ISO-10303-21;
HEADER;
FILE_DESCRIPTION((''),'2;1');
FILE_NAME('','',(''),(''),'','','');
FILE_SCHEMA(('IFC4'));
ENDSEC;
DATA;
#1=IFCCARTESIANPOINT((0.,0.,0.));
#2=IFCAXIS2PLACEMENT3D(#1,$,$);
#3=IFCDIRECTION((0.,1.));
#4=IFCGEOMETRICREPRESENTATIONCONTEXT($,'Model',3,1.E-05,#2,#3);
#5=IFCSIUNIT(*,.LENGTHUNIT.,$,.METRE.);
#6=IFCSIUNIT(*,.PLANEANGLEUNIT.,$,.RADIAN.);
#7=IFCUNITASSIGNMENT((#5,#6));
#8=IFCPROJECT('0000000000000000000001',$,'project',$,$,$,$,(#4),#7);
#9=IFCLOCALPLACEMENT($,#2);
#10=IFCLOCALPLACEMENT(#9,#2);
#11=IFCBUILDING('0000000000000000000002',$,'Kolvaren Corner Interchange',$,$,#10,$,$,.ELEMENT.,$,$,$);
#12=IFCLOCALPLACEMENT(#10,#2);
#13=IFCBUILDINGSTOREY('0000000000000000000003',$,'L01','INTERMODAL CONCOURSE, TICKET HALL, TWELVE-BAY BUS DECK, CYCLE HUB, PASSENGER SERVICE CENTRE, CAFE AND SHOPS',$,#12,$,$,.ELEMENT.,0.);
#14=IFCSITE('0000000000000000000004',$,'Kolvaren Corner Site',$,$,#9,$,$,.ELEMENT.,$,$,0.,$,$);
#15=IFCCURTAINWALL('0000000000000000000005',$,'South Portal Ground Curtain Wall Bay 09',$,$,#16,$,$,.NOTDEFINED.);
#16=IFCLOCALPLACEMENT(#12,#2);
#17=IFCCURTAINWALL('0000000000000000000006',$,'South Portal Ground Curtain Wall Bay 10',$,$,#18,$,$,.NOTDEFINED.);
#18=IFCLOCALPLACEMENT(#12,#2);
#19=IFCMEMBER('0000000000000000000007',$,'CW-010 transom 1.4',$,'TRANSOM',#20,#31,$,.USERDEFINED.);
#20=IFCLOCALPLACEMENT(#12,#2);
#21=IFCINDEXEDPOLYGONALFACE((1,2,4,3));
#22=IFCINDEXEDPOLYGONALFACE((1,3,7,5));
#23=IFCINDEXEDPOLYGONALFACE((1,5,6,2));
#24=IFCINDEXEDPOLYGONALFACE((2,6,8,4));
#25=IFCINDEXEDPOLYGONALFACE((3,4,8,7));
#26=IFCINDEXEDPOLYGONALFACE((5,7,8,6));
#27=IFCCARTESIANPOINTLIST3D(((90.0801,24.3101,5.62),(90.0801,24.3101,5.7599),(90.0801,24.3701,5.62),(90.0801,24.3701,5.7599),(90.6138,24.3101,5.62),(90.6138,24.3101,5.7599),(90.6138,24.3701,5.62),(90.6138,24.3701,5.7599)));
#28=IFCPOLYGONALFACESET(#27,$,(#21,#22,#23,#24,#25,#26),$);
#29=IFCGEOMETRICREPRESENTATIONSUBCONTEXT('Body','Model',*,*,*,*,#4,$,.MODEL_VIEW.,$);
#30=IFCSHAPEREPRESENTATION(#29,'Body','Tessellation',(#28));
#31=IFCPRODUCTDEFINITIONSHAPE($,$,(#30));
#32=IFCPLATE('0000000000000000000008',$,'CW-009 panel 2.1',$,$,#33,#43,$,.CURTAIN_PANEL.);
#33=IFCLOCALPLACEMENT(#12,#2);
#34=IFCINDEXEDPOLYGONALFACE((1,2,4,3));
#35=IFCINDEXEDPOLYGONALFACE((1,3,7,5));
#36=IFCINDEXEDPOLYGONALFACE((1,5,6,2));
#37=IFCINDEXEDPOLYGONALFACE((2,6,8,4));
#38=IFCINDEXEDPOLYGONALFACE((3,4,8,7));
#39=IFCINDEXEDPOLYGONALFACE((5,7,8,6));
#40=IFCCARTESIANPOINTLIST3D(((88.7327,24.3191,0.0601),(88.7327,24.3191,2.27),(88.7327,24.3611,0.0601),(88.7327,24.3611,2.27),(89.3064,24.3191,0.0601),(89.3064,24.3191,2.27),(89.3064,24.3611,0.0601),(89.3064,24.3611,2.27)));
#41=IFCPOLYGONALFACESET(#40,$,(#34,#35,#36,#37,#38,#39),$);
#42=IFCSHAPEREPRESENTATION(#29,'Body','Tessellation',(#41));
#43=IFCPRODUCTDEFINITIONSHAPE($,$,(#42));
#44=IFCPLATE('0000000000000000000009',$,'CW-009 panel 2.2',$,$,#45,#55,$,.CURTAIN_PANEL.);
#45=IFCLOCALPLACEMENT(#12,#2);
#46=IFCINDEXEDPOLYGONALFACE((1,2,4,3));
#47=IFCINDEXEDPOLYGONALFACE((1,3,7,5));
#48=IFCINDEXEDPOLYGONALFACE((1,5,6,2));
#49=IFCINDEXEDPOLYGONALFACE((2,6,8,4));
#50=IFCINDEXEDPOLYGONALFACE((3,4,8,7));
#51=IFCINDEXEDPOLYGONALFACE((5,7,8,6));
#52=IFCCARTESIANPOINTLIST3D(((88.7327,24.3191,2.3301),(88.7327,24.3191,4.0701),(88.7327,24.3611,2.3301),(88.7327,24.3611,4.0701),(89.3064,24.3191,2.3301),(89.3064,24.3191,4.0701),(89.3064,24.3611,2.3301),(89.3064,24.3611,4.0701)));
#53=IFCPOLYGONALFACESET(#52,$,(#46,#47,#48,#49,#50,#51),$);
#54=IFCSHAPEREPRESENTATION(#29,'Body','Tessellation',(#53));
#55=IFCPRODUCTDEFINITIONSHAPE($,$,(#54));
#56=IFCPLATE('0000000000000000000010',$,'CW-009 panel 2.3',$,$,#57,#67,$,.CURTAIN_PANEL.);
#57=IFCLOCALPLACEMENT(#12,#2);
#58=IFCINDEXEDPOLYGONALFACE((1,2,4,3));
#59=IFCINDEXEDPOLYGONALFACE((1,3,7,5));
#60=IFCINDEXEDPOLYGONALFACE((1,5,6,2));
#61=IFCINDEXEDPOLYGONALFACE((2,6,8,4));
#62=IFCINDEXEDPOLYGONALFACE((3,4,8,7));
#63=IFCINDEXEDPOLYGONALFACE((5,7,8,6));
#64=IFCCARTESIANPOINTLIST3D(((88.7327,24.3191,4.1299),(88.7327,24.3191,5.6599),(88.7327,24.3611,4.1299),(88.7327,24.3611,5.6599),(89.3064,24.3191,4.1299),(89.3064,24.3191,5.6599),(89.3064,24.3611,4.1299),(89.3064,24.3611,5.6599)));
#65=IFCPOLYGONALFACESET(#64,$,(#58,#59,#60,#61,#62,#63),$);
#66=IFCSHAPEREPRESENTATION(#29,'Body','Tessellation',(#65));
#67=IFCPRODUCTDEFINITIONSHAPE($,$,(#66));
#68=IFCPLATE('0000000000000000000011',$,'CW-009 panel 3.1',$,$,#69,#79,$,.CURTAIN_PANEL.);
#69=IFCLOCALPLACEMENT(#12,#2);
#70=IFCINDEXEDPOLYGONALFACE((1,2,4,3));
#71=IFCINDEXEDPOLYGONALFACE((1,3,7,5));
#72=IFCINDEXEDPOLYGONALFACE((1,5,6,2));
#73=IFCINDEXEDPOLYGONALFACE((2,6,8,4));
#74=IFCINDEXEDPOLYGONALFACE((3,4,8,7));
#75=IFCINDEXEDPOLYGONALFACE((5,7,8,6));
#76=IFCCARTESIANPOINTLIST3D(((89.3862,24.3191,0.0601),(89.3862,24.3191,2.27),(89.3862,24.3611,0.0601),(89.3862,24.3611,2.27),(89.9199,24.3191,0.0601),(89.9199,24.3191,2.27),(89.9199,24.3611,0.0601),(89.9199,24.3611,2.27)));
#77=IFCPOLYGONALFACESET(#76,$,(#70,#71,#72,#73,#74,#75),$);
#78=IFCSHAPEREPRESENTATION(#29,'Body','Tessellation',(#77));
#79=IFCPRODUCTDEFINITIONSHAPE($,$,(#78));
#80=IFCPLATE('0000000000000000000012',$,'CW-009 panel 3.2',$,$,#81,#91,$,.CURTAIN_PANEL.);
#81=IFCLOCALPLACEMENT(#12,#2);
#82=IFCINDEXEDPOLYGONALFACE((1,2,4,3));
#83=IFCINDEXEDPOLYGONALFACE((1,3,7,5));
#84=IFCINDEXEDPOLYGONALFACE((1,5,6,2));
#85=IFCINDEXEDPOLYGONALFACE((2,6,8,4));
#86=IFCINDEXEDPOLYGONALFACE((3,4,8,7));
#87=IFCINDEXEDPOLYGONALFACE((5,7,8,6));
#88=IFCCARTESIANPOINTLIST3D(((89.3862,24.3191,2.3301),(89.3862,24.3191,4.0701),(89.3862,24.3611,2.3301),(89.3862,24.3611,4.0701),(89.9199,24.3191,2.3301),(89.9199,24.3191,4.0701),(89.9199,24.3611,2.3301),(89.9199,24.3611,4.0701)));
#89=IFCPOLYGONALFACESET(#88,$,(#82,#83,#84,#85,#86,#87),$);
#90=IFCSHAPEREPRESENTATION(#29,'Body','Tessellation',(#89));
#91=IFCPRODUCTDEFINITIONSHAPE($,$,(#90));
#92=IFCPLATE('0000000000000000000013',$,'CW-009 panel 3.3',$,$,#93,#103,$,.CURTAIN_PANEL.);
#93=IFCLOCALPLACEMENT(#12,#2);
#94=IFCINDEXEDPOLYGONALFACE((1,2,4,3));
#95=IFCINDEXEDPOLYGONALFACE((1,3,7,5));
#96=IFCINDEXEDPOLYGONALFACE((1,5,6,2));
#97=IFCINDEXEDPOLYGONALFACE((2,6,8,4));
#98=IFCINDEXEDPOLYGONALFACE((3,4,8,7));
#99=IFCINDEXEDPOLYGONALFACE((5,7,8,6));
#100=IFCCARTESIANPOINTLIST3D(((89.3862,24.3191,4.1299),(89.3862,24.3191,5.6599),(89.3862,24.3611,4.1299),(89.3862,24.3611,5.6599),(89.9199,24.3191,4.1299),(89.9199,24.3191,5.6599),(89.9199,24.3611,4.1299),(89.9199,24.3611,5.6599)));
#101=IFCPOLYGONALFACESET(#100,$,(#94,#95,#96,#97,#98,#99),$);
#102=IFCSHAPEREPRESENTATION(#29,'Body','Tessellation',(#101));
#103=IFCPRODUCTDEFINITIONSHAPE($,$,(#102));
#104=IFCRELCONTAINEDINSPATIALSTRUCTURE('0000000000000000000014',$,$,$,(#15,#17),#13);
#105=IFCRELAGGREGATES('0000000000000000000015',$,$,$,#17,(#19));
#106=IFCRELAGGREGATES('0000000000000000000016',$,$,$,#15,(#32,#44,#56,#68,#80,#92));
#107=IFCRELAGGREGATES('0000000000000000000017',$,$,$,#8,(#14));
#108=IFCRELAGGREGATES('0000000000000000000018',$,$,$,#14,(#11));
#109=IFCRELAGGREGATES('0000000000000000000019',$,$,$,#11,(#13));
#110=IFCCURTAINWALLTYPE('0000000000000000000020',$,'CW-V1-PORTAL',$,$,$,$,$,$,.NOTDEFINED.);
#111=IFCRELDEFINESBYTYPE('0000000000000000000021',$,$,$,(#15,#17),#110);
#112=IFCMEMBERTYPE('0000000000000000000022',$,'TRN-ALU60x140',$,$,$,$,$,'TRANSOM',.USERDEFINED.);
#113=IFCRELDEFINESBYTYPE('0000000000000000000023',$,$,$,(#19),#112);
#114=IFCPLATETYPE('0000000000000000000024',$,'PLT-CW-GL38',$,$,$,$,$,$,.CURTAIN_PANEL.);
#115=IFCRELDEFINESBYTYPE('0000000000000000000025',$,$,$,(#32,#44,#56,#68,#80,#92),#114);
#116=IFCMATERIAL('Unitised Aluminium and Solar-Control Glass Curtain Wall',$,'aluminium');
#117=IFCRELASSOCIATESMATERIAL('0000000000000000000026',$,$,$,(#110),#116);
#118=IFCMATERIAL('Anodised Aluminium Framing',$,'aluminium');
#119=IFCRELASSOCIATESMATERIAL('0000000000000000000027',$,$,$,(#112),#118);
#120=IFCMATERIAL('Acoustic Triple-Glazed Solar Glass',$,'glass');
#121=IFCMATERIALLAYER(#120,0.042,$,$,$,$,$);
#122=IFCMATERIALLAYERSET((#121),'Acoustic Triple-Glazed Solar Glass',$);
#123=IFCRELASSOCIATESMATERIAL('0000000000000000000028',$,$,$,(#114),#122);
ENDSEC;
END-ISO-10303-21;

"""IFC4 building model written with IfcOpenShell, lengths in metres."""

from ifc_helpers import new_model, si_unit, direction, frame, origin, origin_2d, place, context, subcontext, project, spatial, rectangle, extrude, material, layer, layer_set, material_profile, profile_set, type_object, element, aggregate, save


model = new_model("IFC4")

# Units and contexts
model_context = context("Model", 3, precision=1e-05, world=origin(), true_north=direction((0.0, 1.0)))
body_context = subcontext(model_context, "Body", "Model", "MODEL_VIEW")
ifc_project = project(units=[si_unit("LENGTHUNIT", "METRE"), si_unit("PLANEANGLEUNIT", "RADIAN")], contexts=[model_context])

# Site, building, storey
site_placement = place(None, origin())
site = spatial("IfcSite", under=ifc_project, at=site_placement, Name="Kolvaren Corner Site", CompositionType="ELEMENT", RefElevation=0.0)
building_placement = place(site_placement, origin())
building = spatial("IfcBuilding", under=site, at=building_placement, Name="Kolvaren Corner Interchange", CompositionType="ELEMENT")
storey_placement = place(building_placement, origin())
storey = spatial("IfcBuildingStorey", under=building, at=storey_placement, Name="L01", Description="INTERMODAL CONCOURSE, TICKET HALL, TWELVE-BAY BUS DECK, CYCLE HUB, PASSENGER SERVICE CENTRE, CAFE AND SHOPS", CompositionType="ELEMENT", Elevation=0.0)

# Curtain wall
ifc_material_1 = material(Name="Unitised Aluminium and Solar-Control Glass Curtain Wall", Category="aluminium")
curtain_wall_type = type_object("IfcCurtainWallType", Name="CW-V1-PORTAL", PredefinedType="NOTDEFINED", material=ifc_material_1)
curtain_wall_1_placement = place(storey_placement, origin())
curtain_wall_1 = element("IfcCurtainWall", 1, at=curtain_wall_1_placement, inside=storey, type_object=curtain_wall_type, Name="South Portal Ground Curtain Wall Bay 09", PredefinedType="NOTDEFINED")

# Curtain wall
curtain_wall_2_placement = place(storey_placement, origin())
curtain_wall_2 = element("IfcCurtainWall", 2, at=curtain_wall_2_placement, inside=storey, type_object=curtain_wall_type, Name="South Portal Ground Curtain Wall Bay 10", PredefinedType="NOTDEFINED")

# Member
ifc_material_2 = material(Name="Anodised Aluminium Framing", Category="aluminium")
ifc_material_profile_1 = material_profile(ifc_material_2, rectangle(XDim=0.0601, YDim=0.1399, at=origin_2d()), Name="ALU 60x140")
ifc_profile_set_1 = profile_set([ifc_material_profile_1], Name="Anodised Aluminium Framing")
member_type_1 = type_object("IfcMemberType", Name="TRN-ALU60x140", ElementType="TRANSOM", PredefinedType="USERDEFINED", material=ifc_profile_set_1)
member_1_placement = place(storey_placement, frame((90.0801, 24.3401, 5.6899), z_axis=(1.0, 0.0, 0.0), x_axis=(0.0, 1.0, 0.0)))
member_1 = element("IfcMember", 3, at=member_1_placement, type_object=member_type_1, Name="CW-010 transom 1.4", ObjectType="TRANSOM", PredefinedType="USERDEFINED", context=body_context, shape_type="SweptSolid", body=[
    extrude(rectangle(XDim=0.0601, YDim=0.1399, at=origin_2d()), origin(), (0.0, 0.0, 1.0), 0.5337),
])
aggregate(curtain_wall_2, [member_1])

# Plates
ifc_material_3 = material(Name="Acoustic Triple-Glazed Solar Glass", Category="glass")
ifc_layer = layer(ifc_material_3, 0.042)
ifc_layer_set = layer_set([ifc_layer], Name="Acoustic Triple-Glazed Solar Glass")
plate_type = type_object("IfcPlateType", Name="PLT-CW-GL38", PredefinedType="CURTAIN_PANEL", material=ifc_layer_set)
plate_1_placement = place(storey_placement, frame((89.0195, 24.3401, 0.0601), z_axis=(0.0, 0.0, 1.0), x_axis=(1.0, 0.0, 0.0)))
plate_1 = element("IfcPlate", 4, at=plate_1_placement, type_object=plate_type, Name="CW-009 panel 2.1", PredefinedType="CURTAIN_PANEL", context=body_context, shape_type="SweptSolid", body=[
    extrude(rectangle(XDim=0.5737, YDim=0.042, at=origin_2d()), origin(), (0.0, 0.0, 1.0), 2.21),
])
plate_2_placement = place(storey_placement, frame((89.0195, 24.3401, 2.3301), z_axis=(0.0, 0.0, 1.0), x_axis=(1.0, 0.0, 0.0)))
plate_2 = element("IfcPlate", 5, at=plate_2_placement, type_object=plate_type, Name="CW-009 panel 2.2", PredefinedType="CURTAIN_PANEL", context=body_context, shape_type="SweptSolid", body=[
    extrude(rectangle(XDim=0.5737, YDim=0.042, at=origin_2d()), origin(), (0.0, 0.0, 1.0), 1.74),
])
plate_3_placement = place(storey_placement, frame((89.0195, 24.3401, 4.1299), z_axis=(0.0, 0.0, 1.0), x_axis=(1.0, 0.0, 0.0)))
plate_3 = element("IfcPlate", 6, at=plate_3_placement, type_object=plate_type, Name="CW-009 panel 2.3", PredefinedType="CURTAIN_PANEL", context=body_context, shape_type="SweptSolid", body=[
    extrude(rectangle(XDim=0.5737, YDim=0.042, at=origin_2d()), origin(), (0.0, 0.0, 1.0), 1.53),
])
plate_4_placement = place(storey_placement, frame((89.6531, 24.3401, 0.0601), z_axis=(0.0, 0.0, 1.0), x_axis=(1.0, 0.0, 0.0)))
plate_4 = element("IfcPlate", 7, at=plate_4_placement, type_object=plate_type, Name="CW-009 panel 3.1", PredefinedType="CURTAIN_PANEL", context=body_context, shape_type="SweptSolid", body=[
    extrude(rectangle(XDim=0.5337, YDim=0.042, at=origin_2d()), origin(), (0.0, 0.0, 1.0), 2.21),
])
plate_5_placement = place(storey_placement, frame((89.6531, 24.3401, 2.3301), z_axis=(0.0, 0.0, 1.0), x_axis=(1.0, 0.0, 0.0)))
plate_5 = element("IfcPlate", 8, at=plate_5_placement, type_object=plate_type, Name="CW-009 panel 3.2", PredefinedType="CURTAIN_PANEL", context=body_context, shape_type="SweptSolid", body=[
    extrude(rectangle(XDim=0.5337, YDim=0.042, at=origin_2d()), origin(), (0.0, 0.0, 1.0), 1.74),
])
plate_6_placement = place(storey_placement, frame((89.6531, 24.3401, 4.1299), z_axis=(0.0, 0.0, 1.0), x_axis=(1.0, 0.0, 0.0)))
plate_6 = element("IfcPlate", 9, at=plate_6_placement, type_object=plate_type, Name="CW-009 panel 3.3", PredefinedType="CURTAIN_PANEL", context=body_context, shape_type="SweptSolid", body=[
    extrude(rectangle(XDim=0.5337, YDim=0.042, at=origin_2d()), origin(), (0.0, 0.0, 1.0), 1.53),
])
aggregate(curtain_wall_1, [plate_1, plate_2, plate_3, plate_4, plate_5, plate_6])

save(model, "model.ifc")
